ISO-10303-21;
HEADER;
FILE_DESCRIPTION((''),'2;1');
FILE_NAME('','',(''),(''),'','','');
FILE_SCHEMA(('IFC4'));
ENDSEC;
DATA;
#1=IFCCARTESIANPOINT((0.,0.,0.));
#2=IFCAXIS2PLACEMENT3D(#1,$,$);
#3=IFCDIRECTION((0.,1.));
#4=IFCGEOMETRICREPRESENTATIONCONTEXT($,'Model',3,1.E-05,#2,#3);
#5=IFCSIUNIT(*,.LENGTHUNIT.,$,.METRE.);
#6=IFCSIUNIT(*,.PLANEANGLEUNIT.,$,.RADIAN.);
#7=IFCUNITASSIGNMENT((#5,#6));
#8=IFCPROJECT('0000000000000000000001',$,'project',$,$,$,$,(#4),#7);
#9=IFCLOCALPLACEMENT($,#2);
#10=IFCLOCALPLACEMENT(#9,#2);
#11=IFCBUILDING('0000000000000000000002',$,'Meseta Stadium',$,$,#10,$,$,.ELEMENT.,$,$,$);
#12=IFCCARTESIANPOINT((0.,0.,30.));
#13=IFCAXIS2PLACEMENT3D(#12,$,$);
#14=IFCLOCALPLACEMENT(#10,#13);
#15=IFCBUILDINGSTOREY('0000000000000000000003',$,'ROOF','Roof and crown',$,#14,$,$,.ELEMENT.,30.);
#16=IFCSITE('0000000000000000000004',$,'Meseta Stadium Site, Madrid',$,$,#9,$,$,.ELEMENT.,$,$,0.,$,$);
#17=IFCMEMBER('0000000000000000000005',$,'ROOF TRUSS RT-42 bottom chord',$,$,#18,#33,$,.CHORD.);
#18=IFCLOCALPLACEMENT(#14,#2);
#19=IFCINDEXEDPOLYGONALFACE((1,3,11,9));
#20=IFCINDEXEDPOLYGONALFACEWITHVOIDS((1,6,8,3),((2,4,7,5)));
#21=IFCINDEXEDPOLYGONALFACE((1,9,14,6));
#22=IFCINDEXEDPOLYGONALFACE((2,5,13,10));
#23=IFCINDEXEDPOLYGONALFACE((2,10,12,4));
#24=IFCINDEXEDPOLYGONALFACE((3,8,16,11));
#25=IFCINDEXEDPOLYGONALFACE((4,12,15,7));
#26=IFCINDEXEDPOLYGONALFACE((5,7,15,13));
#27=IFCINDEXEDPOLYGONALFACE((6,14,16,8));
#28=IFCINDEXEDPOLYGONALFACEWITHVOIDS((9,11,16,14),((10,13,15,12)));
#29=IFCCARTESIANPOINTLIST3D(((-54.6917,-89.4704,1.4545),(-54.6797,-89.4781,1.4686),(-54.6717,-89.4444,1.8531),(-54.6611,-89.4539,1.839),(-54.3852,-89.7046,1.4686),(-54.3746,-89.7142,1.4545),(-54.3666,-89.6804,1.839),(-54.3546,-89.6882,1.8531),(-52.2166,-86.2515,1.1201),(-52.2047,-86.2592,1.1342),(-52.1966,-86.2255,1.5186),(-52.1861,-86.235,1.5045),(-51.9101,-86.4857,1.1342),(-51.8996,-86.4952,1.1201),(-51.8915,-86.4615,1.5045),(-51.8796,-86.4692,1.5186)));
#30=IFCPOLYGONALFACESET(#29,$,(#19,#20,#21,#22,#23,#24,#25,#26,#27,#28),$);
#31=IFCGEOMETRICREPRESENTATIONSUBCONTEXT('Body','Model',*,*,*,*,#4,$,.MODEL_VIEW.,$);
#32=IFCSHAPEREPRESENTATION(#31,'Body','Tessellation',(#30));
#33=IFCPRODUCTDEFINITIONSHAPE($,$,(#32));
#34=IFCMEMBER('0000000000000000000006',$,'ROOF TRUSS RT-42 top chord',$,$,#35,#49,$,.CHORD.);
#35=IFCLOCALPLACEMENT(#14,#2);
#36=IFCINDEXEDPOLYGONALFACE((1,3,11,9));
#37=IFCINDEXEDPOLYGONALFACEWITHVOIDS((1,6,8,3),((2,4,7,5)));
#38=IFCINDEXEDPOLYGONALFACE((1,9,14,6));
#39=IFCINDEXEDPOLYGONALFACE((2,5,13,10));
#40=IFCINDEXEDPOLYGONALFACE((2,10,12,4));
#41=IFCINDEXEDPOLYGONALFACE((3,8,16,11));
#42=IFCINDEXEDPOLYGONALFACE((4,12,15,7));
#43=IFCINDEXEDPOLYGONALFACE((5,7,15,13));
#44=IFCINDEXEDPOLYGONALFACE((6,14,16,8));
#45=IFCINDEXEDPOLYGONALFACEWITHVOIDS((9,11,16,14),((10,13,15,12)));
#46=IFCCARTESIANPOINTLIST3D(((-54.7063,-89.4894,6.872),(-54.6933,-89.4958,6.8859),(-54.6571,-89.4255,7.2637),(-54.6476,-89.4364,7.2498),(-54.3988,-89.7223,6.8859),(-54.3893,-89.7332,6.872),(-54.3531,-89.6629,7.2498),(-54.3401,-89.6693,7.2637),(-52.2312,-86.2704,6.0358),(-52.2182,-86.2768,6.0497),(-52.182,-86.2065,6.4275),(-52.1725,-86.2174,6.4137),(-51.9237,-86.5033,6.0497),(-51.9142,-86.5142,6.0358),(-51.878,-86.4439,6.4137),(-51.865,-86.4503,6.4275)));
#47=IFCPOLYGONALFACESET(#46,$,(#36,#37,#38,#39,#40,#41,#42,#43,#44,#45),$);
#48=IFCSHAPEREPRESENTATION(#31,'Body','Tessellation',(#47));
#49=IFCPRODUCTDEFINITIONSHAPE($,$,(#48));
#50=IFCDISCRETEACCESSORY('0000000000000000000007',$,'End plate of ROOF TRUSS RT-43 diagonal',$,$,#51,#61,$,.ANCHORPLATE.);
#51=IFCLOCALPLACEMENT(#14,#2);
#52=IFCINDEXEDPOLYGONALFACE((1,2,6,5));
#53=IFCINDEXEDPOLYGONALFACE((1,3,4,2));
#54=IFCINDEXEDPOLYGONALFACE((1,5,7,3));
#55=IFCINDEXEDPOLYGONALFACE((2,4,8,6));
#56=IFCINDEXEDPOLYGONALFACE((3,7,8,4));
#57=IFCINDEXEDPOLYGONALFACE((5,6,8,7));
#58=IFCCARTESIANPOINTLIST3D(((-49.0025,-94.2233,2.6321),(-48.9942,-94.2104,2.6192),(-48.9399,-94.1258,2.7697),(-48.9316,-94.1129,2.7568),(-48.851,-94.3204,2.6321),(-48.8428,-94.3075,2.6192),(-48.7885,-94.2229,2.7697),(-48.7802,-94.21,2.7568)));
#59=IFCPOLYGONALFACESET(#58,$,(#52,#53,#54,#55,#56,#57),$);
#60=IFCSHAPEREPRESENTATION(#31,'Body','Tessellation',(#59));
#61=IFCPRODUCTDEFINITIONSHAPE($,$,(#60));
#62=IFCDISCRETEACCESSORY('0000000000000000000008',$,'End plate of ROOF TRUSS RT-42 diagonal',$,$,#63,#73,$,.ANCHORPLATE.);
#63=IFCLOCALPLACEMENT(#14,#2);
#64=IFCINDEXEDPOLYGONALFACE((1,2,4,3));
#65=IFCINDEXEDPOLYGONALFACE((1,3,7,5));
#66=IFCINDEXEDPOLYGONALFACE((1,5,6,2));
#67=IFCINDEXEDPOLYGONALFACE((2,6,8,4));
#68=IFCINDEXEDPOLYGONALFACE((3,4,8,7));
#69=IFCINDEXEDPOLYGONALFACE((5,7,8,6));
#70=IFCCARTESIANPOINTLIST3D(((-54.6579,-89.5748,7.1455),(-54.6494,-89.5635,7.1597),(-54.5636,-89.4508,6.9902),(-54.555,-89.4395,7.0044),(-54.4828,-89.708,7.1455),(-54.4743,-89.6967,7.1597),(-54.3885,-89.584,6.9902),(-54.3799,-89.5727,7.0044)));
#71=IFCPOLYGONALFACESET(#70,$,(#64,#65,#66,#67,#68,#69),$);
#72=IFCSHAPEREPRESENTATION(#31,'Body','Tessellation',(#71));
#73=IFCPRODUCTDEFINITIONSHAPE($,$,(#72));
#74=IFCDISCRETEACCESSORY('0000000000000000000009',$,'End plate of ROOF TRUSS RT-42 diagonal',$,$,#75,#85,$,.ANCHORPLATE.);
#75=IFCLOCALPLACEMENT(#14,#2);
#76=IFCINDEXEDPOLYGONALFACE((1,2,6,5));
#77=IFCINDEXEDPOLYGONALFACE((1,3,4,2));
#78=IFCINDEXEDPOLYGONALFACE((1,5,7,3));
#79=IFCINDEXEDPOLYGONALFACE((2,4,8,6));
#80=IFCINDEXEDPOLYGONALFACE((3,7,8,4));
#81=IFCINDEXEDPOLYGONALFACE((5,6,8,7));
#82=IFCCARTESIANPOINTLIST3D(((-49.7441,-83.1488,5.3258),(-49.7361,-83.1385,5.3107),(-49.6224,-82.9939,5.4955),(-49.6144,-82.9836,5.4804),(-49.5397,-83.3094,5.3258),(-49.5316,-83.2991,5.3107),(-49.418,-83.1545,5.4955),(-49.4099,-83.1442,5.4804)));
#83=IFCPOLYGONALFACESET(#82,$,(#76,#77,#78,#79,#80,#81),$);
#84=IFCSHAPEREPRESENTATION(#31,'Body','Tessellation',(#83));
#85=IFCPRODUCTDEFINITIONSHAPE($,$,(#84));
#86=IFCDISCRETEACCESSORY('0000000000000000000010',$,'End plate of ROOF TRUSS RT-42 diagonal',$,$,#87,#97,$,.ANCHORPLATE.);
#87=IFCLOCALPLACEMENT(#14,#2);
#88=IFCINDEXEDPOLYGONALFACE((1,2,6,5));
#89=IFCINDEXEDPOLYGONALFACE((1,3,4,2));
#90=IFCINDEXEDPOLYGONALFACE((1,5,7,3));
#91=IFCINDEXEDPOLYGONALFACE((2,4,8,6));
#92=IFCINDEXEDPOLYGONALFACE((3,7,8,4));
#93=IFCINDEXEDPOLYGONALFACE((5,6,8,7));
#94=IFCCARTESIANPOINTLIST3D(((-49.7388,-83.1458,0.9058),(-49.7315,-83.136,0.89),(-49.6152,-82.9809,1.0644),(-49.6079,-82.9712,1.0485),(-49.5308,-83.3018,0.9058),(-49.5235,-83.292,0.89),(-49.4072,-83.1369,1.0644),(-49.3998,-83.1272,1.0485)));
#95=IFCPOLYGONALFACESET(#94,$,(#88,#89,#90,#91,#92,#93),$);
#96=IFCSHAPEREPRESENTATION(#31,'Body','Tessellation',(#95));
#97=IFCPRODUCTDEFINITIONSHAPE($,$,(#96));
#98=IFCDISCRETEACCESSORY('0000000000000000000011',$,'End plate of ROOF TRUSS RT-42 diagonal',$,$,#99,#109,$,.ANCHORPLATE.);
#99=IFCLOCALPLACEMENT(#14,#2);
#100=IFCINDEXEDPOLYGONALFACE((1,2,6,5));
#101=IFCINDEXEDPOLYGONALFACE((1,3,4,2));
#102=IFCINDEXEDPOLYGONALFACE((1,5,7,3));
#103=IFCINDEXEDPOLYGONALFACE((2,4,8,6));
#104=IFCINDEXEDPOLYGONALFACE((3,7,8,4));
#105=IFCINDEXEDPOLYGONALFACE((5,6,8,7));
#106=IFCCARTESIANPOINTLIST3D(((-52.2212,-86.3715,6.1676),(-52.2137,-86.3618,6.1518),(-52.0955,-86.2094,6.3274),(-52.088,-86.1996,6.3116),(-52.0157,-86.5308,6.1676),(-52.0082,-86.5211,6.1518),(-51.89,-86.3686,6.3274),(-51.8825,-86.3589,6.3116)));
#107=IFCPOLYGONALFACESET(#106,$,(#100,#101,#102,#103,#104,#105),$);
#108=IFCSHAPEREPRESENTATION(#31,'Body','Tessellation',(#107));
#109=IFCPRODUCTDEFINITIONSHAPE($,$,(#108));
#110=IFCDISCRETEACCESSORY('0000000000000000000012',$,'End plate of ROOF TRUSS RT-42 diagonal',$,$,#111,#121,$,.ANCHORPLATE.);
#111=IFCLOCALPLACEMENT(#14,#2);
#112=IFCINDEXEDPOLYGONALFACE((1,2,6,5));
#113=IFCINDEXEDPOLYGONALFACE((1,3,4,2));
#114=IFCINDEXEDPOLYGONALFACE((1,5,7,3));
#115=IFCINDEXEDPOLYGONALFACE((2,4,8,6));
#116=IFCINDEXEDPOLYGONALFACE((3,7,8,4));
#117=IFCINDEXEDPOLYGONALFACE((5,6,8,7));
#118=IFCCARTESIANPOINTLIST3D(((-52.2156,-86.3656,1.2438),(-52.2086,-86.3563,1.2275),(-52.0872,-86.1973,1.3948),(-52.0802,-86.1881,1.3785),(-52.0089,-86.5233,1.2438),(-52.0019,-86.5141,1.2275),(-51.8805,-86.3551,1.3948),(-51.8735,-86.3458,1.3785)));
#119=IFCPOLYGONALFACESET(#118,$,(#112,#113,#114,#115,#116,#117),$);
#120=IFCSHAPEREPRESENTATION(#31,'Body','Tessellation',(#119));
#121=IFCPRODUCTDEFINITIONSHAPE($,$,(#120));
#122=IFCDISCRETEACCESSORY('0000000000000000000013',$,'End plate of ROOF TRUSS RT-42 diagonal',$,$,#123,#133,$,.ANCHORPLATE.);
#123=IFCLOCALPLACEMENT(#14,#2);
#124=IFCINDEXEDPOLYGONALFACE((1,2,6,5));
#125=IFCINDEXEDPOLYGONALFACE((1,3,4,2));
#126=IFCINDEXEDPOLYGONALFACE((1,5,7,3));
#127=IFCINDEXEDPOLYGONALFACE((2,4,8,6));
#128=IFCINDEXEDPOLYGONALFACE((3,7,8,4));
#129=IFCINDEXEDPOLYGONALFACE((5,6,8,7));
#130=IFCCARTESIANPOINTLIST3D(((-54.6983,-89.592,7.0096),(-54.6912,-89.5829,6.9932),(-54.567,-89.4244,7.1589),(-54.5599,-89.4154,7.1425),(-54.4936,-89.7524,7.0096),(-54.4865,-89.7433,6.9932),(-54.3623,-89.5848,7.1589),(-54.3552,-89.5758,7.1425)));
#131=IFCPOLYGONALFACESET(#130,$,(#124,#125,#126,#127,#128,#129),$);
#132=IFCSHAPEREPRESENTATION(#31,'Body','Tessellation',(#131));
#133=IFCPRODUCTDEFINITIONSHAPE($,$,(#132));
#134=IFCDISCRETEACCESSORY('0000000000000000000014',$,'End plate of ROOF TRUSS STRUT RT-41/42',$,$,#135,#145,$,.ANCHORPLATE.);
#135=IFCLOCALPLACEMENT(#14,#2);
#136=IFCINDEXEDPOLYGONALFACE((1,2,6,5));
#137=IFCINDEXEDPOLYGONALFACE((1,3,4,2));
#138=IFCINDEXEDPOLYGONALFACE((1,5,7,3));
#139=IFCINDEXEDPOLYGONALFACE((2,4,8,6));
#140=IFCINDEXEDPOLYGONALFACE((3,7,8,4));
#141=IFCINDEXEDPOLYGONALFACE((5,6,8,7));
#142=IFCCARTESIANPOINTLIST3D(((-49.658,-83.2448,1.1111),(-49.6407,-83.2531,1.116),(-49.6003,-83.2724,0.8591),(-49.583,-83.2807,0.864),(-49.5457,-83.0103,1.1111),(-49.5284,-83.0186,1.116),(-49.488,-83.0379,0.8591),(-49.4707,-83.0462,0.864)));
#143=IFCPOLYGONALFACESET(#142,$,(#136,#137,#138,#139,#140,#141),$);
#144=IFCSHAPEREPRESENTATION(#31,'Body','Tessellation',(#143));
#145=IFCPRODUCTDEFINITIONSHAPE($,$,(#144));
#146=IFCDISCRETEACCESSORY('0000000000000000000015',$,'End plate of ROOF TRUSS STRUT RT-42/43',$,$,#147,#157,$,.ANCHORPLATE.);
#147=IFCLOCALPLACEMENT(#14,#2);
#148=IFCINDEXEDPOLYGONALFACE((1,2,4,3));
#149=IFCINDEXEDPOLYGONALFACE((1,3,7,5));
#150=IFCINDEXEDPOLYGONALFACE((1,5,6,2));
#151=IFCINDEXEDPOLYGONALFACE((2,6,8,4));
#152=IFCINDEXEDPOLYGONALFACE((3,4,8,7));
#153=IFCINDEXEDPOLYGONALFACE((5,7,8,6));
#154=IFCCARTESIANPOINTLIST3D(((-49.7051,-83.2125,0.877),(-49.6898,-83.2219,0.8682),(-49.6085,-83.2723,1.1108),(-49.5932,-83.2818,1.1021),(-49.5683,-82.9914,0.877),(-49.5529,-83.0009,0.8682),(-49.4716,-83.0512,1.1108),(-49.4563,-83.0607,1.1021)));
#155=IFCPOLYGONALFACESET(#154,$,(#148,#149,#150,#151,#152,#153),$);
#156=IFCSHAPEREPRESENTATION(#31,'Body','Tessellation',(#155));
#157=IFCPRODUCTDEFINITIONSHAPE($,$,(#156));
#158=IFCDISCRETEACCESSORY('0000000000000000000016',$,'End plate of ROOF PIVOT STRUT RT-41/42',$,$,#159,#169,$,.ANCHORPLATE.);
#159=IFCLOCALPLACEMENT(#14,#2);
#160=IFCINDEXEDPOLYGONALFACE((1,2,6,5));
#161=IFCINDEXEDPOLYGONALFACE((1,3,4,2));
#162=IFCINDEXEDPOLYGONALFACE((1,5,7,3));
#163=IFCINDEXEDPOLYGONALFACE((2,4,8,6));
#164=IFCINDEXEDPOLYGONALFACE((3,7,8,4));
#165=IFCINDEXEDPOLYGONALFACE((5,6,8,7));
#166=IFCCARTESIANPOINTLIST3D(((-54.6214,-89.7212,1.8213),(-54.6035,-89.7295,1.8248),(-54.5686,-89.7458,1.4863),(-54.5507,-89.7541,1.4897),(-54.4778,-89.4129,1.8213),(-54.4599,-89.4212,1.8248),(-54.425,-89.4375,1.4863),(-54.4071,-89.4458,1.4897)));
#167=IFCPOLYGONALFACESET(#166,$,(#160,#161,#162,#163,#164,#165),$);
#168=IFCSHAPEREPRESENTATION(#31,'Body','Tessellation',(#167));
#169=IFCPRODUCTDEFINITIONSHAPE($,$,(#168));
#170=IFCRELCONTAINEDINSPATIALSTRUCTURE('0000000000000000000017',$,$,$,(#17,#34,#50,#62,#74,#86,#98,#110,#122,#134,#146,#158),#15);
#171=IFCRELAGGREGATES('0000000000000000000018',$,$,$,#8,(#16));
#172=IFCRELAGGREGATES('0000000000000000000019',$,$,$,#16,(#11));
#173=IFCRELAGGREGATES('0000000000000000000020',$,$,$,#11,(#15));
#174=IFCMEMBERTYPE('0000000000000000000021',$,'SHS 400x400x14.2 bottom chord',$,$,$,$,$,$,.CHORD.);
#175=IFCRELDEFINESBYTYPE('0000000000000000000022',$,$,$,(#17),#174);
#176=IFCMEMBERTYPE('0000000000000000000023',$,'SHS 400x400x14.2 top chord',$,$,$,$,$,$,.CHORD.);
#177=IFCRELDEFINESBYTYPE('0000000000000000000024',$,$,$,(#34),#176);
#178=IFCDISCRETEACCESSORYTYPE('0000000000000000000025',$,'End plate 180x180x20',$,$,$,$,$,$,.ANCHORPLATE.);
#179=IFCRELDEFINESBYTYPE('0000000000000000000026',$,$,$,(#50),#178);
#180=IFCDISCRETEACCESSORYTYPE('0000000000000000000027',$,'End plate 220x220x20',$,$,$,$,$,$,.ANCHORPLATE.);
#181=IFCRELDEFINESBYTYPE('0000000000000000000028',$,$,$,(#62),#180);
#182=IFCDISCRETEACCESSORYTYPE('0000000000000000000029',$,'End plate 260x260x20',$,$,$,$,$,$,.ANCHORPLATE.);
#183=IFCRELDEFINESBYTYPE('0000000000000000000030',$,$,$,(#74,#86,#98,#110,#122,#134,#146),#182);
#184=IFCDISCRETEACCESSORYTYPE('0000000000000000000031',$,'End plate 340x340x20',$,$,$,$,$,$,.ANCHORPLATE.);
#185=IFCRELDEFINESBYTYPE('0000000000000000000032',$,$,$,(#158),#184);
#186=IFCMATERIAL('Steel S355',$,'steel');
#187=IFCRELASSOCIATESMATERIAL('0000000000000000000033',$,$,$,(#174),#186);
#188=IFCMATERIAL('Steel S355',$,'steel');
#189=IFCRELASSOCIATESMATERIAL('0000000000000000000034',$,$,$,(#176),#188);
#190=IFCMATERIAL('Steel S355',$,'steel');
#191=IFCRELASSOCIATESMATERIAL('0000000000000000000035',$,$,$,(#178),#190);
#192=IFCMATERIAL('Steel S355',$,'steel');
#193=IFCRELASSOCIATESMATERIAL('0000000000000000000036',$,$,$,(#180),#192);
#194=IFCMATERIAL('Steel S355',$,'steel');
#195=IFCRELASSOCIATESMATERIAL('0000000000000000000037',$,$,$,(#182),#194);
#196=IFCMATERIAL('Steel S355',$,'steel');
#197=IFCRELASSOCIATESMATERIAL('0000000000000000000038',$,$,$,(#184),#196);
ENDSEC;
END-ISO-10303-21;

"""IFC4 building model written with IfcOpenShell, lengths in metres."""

from ifc_helpers import new_model, si_unit, direction, frame, origin, origin_2d, place, context, subcontext, project, spatial, rectangle, hollow_rectangle, extrude, material, material_profile, profile_set, type_object, element, save


model = new_model("IFC4")

# Units and contexts
model_context = context("Model", 3, precision=1e-05, world=origin(), true_north=direction((0.0, 1.0)))
body_context = subcontext(model_context, "Body", "Model", "MODEL_VIEW")
ifc_project = project(units=[si_unit("LENGTHUNIT", "METRE"), si_unit("PLANEANGLEUNIT", "RADIAN")], contexts=[model_context])

# Site, building, storey
site_placement = place(None, origin())
site = spatial("IfcSite", under=ifc_project, at=site_placement, Name="Meseta Stadium Site, Madrid", CompositionType="ELEMENT", RefElevation=0.0)
building_placement = place(site_placement, origin())
building = spatial("IfcBuilding", under=site, at=building_placement, Name="Meseta Stadium", CompositionType="ELEMENT")
storey_placement = place(building_placement, frame((0.0, 0.0, 30.0)))
storey = spatial("IfcBuildingStorey", under=building, at=storey_placement, Name="ROOF", Description="Roof and crown", CompositionType="ELEMENT", Elevation=30.0)

# Members
ifc_material_1 = material(Name="Steel S355", Category="steel")
ifc_material_profile_1 = material_profile(ifc_material_1, hollow_rectangle(XDim=0.3999, YDim=0.3999, WallThickness=0.0142, at=origin_2d()), Name="SHS 400x400x14.2")
ifc_profile_set_1 = profile_set([ifc_material_profile_1], Name="Steel S355")
member_type_1 = type_object("IfcMemberType", Name="SHS 400x400x14.2 bottom chord", PredefinedType="CHORD", material=ifc_profile_set_1)
for number, where, z_axis, x_axis, name in (
    (1, (-52.0481, -86.3604, 1.3193), (-0.607491, -0.790073, 0.082093), (0.792749, -0.609548, 0.0), "ROOF TRUSS RT-42 bottom chord"),
):
    element("IfcMember", number, at=place(storey_placement, frame(where, z_axis=z_axis, x_axis=x_axis)), inside=storey, type_object=member_type_1, Name=name, PredefinedType="CHORD", context=body_context, shape_type="SweptSolid", body=[
        extrude(hollow_rectangle(XDim=0.3999, YDim=0.3999, WallThickness=0.0142, at=origin_2d()), origin(), (0.0, 0.0, 1.0), 4.0742),
    ])
ifc_material_2 = material(Name="Steel S355", Category="steel")
ifc_material_profile_2 = material_profile(ifc_material_2, hollow_rectangle(XDim=0.3999, YDim=0.3999, WallThickness=0.0142, at=origin_2d()), Name="SHS 400x400x14.2")
ifc_profile_set_2 = profile_set([ifc_material_profile_2], Name="Steel S355")
member_type_2 = type_object("IfcMemberType", Name="SHS 400x400x14.2 top chord", PredefinedType="CHORD", material=ifc_profile_set_2)
member_1_placement = place(storey_placement, frame((-52.0481, -86.3604, 6.2317), z_axis=(-0.597021, -0.776457, 0.201696), x_axis=(0.792749, -0.609548, 0.0)))
element("IfcMember", 2, at=member_1_placement, inside=storey, type_object=member_type_2, Name="ROOF TRUSS RT-42 top chord", PredefinedType="CHORD", context=body_context, shape_type="SweptSolid", body=[
    extrude(hollow_rectangle(XDim=0.3999, YDim=0.3999, WallThickness=0.0142, at=origin_2d()), origin(), (0.0, 0.0, 1.0), 4.1458),
])

# Discrete accessories
ifc_material_3 = material(Name="Steel S355", Category="steel")
ifc_material_profile_3 = material_profile(ifc_material_3, rectangle(XDim=0.1799, YDim=0.1799, at=origin_2d()), Name="PL 180x180")
ifc_profile_set_3 = profile_set([ifc_material_profile_3], Name="Steel S355")
discrete_accessory_type_1 = type_object("IfcDiscreteAccessoryType", Name="End plate 180x180x20", PredefinedType="ANCHORPLATE", material=ifc_profile_set_3)
discrete_accessory_1_placement = place(storey_placement, frame((-48.8872, -94.2102, 2.688), z_axis=(-0.413101, -0.643952, 0.643952), x_axis=(0.841694, -0.539955, 0.0)))
element("IfcDiscreteAccessory", 3, at=discrete_accessory_1_placement, inside=storey, type_object=discrete_accessory_type_1, Name="End plate of ROOF TRUSS RT-43 diagonal", PredefinedType="ANCHORPLATE", context=body_context, shape_type="SweptSolid", body=[
    extrude(rectangle(XDim=0.1799, YDim=0.1799, at=origin_2d()), origin(), (0.0, 0.0, 1.0), 0.02),
])
ifc_material_4 = material(Name="Steel S355", Category="steel")
ifc_material_profile_4 = material_profile(ifc_material_4, rectangle(XDim=0.22, YDim=0.22, at=origin_2d()), Name="PL 220x220")
ifc_profile_set_4 = profile_set([ifc_material_profile_4], Name="Steel S355")
discrete_accessory_type_2 = type_object("IfcDiscreteAccessoryType", Name="End plate 220x220x20", PredefinedType="ANCHORPLATE", material=ifc_profile_set_4)
discrete_accessory_2_placement = place(storey_placement, frame((-54.5146, -89.5681, 7.082), z_axis=(-0.427434, -0.56177, -0.708319), x_axis=(0.795829, -0.605522, 0.0)))
element("IfcDiscreteAccessory", 4, at=discrete_accessory_2_placement, inside=storey, type_object=discrete_accessory_type_2, Name="End plate of ROOF TRUSS RT-42 diagonal", PredefinedType="ANCHORPLATE", context=body_context, shape_type="SweptSolid", body=[
    extrude(rectangle(XDim=0.22, YDim=0.22, at=origin_2d()), origin(), (0.0, 0.0, 1.0), 0.02),
])
ifc_material_5 = material(Name="Steel S355", Category="steel")
ifc_material_profile_5 = material_profile(ifc_material_5, rectangle(XDim=0.26, YDim=0.26, at=origin_2d()), Name="PL 260x260")
ifc_profile_set_5 = profile_set([ifc_material_profile_5], Name="Steel S355")
discrete_accessory_type_3 = type_object("IfcDiscreteAccessoryType", Name="End plate 260x260x20", PredefinedType="ANCHORPLATE", material=ifc_profile_set_5)
for number, where, z_axis, x_axis, name in (
    (5, (-49.573, -83.1414, 5.3955), (-0.403249, -0.513227, 0.75762), (0.786318, -0.617822, 0.0), "End plate of ROOF TRUSS RT-42 diagonal"),
    (6, (-49.5657, -83.1316, 0.9692), (-0.365826, -0.487769, 0.792624), (0.8, -0.6, 0.0), "End plate of ROOF TRUSS RT-42 diagonal"),
    (7, (-52.0481, -86.3604, 6.2317), (-0.376318, -0.485571, 0.789053), (0.790415, -0.612572, 0.0), "End plate of ROOF TRUSS RT-42 diagonal"),
    (8, (-52.041, -86.3511, 1.303), (-0.352351, -0.461701, 0.814052), (0.794951, -0.606673, 0.0), "End plate of ROOF TRUSS RT-42 diagonal"),
    (9, (-54.5232, -89.5793, 7.0679), (-0.354318, -0.452061, 0.818596), (0.787056, -0.616882, 0.0), "End plate of ROOF TRUSS RT-42 diagonal"),
):
    element("IfcDiscreteAccessory", number, at=place(storey_placement, frame(where, z_axis=z_axis, x_axis=x_axis)), inside=storey, type_object=discrete_accessory_type_3, Name=name, PredefinedType="ANCHORPLATE", context=body_context, shape_type="SweptSolid", body=[
        extrude(rectangle(XDim=0.26, YDim=0.26, at=origin_2d()), origin(), (0.0, 0.0, 1.0), 0.02),
    ])
discrete_accessory_3_placement = place(storey_placement, frame((-49.573, -83.1414, 0.9851), z_axis=(0.874148, -0.418606, 0.246239), x_axis=(0.431905, 0.901919, 0.0)))
element("IfcDiscreteAccessory", 10, at=discrete_accessory_3_placement, inside=storey, type_object=discrete_accessory_type_3, Name="End plate of ROOF TRUSS STRUT RT-41/42", PredefinedType="ANCHORPLATE", context=body_context, shape_type="SweptSolid", body=[
    extrude(rectangle(XDim=0.26, YDim=0.26, at=origin_2d()), origin(), (0.0, 0.0, 1.0), 0.0198),
])
discrete_accessory_4_placement = place(storey_placement, frame((-49.5884, -83.1318, 0.9939), z_axis=(0.764775, -0.473432, -0.437014), x_axis=(0.526355, 0.850265, 0.0)))
element("IfcDiscreteAccessory", 11, at=discrete_accessory_4_placement, inside=storey, type_object=discrete_accessory_type_3, Name="End plate of ROOF TRUSS STRUT RT-42/43", PredefinedType="ANCHORPLATE", context=body_context, shape_type="SweptSolid", body=[
    extrude(rectangle(XDim=0.26, YDim=0.26, at=origin_2d()), origin(), (0.0, 0.0, 1.0), 0.02),
])
ifc_material_6 = material(Name="Steel S355", Category="steel")
ifc_material_profile_6 = material_profile(ifc_material_6, rectangle(XDim=0.3401, YDim=0.3401, at=origin_2d()), Name="PL 340x340")
ifc_profile_set_6 = profile_set([ifc_material_profile_6], Name="Steel S355")
discrete_accessory_type_4 = type_object("IfcDiscreteAccessoryType", Name="End plate 340x340x20", PredefinedType="ANCHORPLATE", material=ifc_profile_set_6)
discrete_accessory_5_placement = place(storey_placement, frame((-54.5232, -89.5793, 1.6538), z_axis=(0.893104, -0.415966, 0.17128), x_axis=(0.422206, 0.9065, 0.0)))
element("IfcDiscreteAccessory", 12, at=discrete_accessory_5_placement, inside=storey, type_object=discrete_accessory_type_4, Name="End plate of ROOF PIVOT STRUT RT-41/42", PredefinedType="ANCHORPLATE", context=body_context, shape_type="SweptSolid", body=[
    extrude(rectangle(XDim=0.3401, YDim=0.3401, at=origin_2d()), origin(), (0.0, 0.0, 1.0), 0.02),
])

save(model, "model.ifc")
